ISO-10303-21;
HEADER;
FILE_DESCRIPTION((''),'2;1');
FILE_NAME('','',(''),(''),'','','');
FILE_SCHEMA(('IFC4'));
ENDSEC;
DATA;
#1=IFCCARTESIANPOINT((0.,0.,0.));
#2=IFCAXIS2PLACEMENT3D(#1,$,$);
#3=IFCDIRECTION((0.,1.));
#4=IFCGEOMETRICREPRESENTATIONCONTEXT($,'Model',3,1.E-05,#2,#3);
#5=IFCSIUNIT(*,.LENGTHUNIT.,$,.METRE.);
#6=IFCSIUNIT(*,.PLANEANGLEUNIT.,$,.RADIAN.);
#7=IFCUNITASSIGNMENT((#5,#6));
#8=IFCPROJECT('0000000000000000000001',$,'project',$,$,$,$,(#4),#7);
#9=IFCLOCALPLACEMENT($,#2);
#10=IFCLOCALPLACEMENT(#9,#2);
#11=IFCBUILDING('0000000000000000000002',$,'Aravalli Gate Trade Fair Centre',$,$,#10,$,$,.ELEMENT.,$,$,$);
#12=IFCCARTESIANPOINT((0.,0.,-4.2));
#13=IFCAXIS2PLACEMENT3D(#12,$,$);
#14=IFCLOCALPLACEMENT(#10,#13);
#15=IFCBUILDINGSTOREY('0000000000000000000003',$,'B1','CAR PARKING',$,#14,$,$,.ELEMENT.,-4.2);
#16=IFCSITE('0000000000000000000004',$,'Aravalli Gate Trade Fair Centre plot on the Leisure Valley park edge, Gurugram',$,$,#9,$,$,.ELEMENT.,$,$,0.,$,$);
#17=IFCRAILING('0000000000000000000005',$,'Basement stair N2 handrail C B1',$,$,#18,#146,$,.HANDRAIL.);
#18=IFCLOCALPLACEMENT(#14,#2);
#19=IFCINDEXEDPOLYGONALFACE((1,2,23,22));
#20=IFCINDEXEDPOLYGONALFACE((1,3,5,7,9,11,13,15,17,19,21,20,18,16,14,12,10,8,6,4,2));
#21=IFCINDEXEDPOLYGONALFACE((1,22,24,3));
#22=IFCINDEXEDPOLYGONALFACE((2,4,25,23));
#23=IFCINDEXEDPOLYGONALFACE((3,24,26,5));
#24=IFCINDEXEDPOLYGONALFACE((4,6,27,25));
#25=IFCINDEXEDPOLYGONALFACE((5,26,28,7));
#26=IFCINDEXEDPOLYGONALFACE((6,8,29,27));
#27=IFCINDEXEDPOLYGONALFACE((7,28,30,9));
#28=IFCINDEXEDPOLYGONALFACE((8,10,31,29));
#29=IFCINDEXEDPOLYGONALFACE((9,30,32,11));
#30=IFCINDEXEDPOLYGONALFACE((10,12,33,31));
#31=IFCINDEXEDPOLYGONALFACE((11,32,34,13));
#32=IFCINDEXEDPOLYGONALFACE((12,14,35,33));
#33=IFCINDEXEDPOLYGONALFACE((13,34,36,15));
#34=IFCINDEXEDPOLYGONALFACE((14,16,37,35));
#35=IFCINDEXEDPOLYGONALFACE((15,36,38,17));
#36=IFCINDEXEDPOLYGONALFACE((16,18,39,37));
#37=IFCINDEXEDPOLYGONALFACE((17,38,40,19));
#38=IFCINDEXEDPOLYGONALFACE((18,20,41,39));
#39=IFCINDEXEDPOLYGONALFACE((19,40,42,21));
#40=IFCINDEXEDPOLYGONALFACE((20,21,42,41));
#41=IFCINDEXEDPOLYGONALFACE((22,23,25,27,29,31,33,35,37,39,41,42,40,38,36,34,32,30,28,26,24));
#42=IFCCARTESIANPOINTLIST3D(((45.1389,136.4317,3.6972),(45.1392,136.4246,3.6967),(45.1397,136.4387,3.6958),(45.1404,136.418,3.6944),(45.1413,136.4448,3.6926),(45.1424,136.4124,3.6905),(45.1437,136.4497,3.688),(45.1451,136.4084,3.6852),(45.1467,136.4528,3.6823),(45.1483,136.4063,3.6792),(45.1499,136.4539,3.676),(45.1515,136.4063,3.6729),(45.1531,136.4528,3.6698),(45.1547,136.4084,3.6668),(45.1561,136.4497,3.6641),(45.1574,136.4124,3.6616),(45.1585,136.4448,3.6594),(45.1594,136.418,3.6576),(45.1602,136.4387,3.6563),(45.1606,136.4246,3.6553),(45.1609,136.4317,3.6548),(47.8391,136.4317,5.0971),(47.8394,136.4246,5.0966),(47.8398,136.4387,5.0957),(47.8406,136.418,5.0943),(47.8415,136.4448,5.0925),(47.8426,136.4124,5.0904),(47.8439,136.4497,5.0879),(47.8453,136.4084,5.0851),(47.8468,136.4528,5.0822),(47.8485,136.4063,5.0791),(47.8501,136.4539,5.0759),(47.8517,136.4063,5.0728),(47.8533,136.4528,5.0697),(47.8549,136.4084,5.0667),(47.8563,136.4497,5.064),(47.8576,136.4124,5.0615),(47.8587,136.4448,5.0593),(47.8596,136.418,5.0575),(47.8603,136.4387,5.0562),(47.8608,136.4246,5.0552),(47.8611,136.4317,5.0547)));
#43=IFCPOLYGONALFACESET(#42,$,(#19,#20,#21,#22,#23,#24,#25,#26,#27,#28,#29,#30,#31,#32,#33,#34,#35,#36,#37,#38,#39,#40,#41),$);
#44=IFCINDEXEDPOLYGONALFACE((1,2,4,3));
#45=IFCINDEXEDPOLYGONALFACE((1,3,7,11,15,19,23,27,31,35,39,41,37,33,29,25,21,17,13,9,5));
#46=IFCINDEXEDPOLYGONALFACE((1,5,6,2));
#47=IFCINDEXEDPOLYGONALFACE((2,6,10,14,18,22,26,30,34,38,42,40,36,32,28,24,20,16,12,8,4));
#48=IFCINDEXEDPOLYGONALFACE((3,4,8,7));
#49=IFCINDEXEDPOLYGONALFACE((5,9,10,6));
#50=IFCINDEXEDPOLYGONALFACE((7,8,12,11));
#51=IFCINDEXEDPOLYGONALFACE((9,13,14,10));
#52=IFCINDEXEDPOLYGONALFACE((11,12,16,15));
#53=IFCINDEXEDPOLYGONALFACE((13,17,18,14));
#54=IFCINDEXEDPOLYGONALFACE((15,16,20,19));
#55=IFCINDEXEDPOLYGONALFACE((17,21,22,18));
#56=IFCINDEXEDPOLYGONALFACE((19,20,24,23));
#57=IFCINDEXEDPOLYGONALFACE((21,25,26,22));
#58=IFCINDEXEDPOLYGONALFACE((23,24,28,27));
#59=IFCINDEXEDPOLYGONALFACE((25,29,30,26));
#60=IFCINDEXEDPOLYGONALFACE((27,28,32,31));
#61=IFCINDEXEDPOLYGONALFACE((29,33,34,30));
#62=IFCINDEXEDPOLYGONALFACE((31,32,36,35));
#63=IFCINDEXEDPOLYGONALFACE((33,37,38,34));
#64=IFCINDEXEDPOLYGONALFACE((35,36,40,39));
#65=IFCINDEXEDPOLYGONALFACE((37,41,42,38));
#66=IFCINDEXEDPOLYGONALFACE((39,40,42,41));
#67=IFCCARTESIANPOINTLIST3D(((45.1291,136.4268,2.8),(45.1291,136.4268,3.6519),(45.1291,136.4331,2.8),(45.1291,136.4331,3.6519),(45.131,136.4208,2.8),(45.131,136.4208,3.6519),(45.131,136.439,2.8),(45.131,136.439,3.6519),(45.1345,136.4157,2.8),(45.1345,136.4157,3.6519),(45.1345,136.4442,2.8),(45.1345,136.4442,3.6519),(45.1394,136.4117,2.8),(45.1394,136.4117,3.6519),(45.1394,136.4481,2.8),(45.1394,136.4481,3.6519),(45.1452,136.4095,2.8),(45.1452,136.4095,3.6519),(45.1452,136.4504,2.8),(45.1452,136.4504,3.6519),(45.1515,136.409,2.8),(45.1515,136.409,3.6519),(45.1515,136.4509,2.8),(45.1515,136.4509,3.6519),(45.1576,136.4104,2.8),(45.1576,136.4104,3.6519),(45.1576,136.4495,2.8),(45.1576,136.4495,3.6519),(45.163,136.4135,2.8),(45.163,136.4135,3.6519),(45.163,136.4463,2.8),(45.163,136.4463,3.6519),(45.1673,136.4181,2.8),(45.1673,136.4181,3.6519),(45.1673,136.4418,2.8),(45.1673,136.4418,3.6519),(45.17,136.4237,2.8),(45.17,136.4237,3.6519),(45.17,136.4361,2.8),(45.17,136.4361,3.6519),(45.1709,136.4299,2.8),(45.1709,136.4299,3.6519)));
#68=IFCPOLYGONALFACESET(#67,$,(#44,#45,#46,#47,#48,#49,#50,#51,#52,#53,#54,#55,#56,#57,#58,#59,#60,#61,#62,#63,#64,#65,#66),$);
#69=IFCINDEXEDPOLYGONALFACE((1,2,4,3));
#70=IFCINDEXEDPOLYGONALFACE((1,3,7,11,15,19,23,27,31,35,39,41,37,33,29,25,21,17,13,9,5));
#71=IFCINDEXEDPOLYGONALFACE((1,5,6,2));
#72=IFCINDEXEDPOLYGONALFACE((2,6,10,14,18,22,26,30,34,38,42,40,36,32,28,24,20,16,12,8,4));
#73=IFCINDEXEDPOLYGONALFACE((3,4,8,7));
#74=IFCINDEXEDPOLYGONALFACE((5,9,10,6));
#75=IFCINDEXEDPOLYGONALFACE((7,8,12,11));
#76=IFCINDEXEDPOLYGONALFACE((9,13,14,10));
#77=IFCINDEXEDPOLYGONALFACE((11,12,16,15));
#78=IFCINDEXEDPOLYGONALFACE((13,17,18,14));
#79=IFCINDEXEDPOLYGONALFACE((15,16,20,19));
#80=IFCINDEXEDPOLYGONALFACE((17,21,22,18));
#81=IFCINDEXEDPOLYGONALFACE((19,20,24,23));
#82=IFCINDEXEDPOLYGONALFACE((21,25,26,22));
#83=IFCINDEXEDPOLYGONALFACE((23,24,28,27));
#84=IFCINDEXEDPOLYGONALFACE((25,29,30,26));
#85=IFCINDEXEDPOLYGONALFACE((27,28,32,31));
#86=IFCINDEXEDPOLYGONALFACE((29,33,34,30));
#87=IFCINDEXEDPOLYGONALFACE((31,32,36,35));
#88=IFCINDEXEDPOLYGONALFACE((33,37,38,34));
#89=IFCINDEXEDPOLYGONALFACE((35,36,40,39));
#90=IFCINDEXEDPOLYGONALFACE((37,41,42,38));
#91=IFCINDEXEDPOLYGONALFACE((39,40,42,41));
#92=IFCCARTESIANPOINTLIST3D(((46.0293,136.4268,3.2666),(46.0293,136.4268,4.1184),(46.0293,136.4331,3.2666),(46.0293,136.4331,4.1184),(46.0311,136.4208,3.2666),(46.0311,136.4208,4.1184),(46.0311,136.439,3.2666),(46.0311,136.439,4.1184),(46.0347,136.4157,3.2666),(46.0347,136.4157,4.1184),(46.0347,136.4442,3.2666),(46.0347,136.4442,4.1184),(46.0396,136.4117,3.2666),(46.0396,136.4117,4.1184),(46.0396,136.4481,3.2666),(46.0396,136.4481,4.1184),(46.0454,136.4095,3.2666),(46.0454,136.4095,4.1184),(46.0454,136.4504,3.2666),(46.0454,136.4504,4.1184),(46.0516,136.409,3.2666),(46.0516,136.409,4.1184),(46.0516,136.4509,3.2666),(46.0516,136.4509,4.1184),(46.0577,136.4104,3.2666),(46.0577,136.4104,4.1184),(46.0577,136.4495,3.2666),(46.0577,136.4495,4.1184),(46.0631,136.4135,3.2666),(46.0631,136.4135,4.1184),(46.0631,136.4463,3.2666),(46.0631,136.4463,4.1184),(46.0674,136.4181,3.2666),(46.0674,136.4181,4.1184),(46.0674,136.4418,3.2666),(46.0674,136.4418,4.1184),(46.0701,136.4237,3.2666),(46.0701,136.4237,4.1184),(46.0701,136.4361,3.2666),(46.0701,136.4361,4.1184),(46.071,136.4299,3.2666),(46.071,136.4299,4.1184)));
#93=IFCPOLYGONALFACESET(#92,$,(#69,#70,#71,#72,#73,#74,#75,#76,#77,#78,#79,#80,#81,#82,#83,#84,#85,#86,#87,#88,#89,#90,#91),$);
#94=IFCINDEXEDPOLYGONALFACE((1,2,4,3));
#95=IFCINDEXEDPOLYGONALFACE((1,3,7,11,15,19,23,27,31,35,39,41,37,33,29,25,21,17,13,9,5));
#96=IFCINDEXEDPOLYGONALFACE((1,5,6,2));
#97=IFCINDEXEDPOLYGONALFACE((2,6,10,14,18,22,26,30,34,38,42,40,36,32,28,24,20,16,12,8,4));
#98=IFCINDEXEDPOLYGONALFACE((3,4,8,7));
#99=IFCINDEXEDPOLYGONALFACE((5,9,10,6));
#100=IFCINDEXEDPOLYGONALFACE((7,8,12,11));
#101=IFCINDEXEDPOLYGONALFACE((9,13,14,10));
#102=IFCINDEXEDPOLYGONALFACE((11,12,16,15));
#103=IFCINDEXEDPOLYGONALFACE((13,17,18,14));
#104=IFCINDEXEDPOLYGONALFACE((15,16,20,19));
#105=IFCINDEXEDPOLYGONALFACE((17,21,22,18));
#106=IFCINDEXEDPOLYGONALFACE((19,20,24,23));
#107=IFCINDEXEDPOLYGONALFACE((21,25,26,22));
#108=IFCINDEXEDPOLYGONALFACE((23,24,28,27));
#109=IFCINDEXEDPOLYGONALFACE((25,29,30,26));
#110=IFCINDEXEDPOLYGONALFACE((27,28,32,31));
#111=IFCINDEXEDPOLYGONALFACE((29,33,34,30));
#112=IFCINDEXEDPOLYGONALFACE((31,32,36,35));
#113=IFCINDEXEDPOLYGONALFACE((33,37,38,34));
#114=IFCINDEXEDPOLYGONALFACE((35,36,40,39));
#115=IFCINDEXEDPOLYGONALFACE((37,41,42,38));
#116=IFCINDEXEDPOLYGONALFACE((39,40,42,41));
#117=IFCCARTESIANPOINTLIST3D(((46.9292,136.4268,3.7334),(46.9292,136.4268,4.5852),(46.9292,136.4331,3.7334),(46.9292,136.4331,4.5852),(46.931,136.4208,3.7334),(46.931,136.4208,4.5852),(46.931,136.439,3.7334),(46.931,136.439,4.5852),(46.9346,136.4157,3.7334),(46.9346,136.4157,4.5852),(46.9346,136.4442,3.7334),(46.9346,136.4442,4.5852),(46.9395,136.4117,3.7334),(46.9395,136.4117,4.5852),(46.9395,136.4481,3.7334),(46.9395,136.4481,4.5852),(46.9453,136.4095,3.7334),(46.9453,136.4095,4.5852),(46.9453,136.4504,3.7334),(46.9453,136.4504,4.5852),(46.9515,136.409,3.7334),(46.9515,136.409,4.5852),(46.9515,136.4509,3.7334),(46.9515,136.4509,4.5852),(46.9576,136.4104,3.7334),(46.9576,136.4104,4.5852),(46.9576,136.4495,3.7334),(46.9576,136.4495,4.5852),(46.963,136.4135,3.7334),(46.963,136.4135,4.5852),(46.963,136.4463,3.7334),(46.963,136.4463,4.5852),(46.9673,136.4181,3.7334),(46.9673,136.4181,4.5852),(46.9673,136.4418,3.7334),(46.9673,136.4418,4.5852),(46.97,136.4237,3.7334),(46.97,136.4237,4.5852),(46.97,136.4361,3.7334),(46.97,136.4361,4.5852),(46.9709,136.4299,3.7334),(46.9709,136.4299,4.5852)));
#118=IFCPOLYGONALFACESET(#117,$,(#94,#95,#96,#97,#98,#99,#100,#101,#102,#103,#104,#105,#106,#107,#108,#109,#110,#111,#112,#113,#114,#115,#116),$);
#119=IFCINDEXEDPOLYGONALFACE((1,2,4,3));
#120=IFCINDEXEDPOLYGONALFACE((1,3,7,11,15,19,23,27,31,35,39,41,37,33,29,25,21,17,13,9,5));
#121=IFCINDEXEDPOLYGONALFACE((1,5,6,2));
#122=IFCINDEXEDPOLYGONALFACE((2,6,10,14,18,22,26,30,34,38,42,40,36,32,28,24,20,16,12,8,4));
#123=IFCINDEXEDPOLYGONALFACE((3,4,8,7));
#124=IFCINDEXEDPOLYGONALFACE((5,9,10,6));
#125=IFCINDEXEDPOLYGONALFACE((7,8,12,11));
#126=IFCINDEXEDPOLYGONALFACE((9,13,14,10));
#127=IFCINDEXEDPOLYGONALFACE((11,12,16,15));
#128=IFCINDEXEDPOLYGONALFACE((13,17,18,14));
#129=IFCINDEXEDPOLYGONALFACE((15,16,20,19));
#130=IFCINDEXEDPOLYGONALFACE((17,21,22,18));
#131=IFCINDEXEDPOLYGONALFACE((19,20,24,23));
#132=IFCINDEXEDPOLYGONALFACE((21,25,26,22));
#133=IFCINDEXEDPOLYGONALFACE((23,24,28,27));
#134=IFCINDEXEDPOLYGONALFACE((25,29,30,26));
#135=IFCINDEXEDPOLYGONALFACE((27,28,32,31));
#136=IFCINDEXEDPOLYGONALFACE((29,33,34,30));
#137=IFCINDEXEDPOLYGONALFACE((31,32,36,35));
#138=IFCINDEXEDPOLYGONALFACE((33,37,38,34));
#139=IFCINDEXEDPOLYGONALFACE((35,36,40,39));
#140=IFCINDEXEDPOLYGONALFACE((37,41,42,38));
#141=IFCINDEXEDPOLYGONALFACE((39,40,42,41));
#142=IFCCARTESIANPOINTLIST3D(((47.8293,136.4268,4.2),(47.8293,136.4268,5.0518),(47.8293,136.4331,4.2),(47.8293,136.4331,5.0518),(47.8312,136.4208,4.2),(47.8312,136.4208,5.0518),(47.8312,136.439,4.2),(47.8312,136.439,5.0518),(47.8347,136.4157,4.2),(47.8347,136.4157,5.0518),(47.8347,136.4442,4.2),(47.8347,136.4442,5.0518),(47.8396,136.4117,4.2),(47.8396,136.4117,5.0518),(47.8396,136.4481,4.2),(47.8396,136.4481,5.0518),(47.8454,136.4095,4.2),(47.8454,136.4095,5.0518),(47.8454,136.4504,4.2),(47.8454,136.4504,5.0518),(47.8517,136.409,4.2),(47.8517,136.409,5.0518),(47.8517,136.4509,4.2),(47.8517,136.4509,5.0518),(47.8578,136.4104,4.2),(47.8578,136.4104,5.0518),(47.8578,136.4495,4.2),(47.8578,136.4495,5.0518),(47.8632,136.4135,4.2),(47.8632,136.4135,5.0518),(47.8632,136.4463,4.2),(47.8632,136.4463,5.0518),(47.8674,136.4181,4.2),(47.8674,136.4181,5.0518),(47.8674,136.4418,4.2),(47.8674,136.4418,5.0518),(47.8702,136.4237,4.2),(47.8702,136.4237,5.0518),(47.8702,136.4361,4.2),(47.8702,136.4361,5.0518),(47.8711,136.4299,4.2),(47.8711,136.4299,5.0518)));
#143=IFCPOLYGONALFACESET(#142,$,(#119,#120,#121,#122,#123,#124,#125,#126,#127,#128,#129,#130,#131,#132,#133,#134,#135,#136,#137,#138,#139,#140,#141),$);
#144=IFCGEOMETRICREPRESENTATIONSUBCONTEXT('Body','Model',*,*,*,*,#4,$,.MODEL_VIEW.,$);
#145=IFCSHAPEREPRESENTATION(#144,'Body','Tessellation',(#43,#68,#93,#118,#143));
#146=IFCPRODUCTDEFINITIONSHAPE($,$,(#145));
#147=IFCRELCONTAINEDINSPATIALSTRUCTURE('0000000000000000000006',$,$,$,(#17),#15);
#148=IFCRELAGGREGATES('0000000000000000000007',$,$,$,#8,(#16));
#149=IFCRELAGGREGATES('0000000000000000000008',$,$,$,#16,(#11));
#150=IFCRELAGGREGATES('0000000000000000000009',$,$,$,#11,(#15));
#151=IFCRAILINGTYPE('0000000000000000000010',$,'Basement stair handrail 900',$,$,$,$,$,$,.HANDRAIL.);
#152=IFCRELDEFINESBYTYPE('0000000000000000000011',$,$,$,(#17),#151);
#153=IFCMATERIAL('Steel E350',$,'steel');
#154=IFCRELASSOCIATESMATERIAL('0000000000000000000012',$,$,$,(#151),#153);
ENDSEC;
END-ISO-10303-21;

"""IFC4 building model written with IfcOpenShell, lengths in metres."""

from ifc_helpers import new_model, si_unit, direction, frame, origin, origin_2d, place, context, subcontext, project, spatial, circle, extrude, material, type_object, element, save


model = new_model("IFC4")

# Units and contexts
model_context = context("Model", 3, precision=1e-05, world=origin(), true_north=direction((0.0, 1.0)))
body_context = subcontext(model_context, "Body", "Model", "MODEL_VIEW")
ifc_project = project(units=[si_unit("LENGTHUNIT", "METRE"), si_unit("PLANEANGLEUNIT", "RADIAN")], contexts=[model_context])

# Site, building, storey
site_placement = place(None, origin())
site = spatial("IfcSite", under=ifc_project, at=site_placement, Name="Aravalli Gate Trade Fair Centre plot on the Leisure Valley park edge, Gurugram", CompositionType="ELEMENT", RefElevation=0.0)
building_placement = place(site_placement, origin())
building = spatial("IfcBuilding", under=site, at=building_placement, Name="Aravalli Gate Trade Fair Centre", CompositionType="ELEMENT")
storey_placement = place(building_placement, frame((0.0, 0.0, -4.2)))
storey = spatial("IfcBuildingStorey", under=building, at=storey_placement, Name="B1", Description="CAR PARKING", CompositionType="ELEMENT", Elevation=-4.2)

# Railing
ifc_material_1 = material(Name="Steel E350", Category="steel")
railing_type_1 = type_object("IfcRailingType", Name="Basement stair handrail 900", PredefinedType="HANDRAIL", material=ifc_material_1)
for number, where, name in (
    (1, (45.1499, 136.4299, 2.8), "Basement stair N2 handrail C B1"),
):
    element("IfcRailing", number, at=place(storey_placement, frame(where)), inside=storey, type_object=railing_type_1, Name=name, PredefinedType="HANDRAIL", context=body_context, shape_type="SweptSolid", body=[
        extrude(circle(Radius=0.0239, at=origin_2d()), frame((0.0, 0.0, 0.876), z_axis=(0.887781, 0.0, 0.460266), x_axis=(0.0, 1.0, 0.0)), (0.0, 0.0, 1.0), 3.0415),
        extrude(circle(Radius=0.021, at=origin_2d()), origin(), (0.0, 0.0, 1.0), 0.8518),
        extrude(circle(Radius=0.021, at=origin_2d()), frame((0.9001, 0.0, 0.4666)), (0.0, 0.0, 1.0), 0.8518),
        extrude(circle(Radius=0.021, at=origin_2d()), frame((1.8, 0.0, 0.9333)), (0.0, 0.0, 1.0), 0.8518),
        extrude(circle(Radius=0.021, at=origin_2d()), frame((2.7002, 0.0, 1.3999)), (0.0, 0.0, 1.0), 0.8518),
    ])

save(model, "model.ifc")
